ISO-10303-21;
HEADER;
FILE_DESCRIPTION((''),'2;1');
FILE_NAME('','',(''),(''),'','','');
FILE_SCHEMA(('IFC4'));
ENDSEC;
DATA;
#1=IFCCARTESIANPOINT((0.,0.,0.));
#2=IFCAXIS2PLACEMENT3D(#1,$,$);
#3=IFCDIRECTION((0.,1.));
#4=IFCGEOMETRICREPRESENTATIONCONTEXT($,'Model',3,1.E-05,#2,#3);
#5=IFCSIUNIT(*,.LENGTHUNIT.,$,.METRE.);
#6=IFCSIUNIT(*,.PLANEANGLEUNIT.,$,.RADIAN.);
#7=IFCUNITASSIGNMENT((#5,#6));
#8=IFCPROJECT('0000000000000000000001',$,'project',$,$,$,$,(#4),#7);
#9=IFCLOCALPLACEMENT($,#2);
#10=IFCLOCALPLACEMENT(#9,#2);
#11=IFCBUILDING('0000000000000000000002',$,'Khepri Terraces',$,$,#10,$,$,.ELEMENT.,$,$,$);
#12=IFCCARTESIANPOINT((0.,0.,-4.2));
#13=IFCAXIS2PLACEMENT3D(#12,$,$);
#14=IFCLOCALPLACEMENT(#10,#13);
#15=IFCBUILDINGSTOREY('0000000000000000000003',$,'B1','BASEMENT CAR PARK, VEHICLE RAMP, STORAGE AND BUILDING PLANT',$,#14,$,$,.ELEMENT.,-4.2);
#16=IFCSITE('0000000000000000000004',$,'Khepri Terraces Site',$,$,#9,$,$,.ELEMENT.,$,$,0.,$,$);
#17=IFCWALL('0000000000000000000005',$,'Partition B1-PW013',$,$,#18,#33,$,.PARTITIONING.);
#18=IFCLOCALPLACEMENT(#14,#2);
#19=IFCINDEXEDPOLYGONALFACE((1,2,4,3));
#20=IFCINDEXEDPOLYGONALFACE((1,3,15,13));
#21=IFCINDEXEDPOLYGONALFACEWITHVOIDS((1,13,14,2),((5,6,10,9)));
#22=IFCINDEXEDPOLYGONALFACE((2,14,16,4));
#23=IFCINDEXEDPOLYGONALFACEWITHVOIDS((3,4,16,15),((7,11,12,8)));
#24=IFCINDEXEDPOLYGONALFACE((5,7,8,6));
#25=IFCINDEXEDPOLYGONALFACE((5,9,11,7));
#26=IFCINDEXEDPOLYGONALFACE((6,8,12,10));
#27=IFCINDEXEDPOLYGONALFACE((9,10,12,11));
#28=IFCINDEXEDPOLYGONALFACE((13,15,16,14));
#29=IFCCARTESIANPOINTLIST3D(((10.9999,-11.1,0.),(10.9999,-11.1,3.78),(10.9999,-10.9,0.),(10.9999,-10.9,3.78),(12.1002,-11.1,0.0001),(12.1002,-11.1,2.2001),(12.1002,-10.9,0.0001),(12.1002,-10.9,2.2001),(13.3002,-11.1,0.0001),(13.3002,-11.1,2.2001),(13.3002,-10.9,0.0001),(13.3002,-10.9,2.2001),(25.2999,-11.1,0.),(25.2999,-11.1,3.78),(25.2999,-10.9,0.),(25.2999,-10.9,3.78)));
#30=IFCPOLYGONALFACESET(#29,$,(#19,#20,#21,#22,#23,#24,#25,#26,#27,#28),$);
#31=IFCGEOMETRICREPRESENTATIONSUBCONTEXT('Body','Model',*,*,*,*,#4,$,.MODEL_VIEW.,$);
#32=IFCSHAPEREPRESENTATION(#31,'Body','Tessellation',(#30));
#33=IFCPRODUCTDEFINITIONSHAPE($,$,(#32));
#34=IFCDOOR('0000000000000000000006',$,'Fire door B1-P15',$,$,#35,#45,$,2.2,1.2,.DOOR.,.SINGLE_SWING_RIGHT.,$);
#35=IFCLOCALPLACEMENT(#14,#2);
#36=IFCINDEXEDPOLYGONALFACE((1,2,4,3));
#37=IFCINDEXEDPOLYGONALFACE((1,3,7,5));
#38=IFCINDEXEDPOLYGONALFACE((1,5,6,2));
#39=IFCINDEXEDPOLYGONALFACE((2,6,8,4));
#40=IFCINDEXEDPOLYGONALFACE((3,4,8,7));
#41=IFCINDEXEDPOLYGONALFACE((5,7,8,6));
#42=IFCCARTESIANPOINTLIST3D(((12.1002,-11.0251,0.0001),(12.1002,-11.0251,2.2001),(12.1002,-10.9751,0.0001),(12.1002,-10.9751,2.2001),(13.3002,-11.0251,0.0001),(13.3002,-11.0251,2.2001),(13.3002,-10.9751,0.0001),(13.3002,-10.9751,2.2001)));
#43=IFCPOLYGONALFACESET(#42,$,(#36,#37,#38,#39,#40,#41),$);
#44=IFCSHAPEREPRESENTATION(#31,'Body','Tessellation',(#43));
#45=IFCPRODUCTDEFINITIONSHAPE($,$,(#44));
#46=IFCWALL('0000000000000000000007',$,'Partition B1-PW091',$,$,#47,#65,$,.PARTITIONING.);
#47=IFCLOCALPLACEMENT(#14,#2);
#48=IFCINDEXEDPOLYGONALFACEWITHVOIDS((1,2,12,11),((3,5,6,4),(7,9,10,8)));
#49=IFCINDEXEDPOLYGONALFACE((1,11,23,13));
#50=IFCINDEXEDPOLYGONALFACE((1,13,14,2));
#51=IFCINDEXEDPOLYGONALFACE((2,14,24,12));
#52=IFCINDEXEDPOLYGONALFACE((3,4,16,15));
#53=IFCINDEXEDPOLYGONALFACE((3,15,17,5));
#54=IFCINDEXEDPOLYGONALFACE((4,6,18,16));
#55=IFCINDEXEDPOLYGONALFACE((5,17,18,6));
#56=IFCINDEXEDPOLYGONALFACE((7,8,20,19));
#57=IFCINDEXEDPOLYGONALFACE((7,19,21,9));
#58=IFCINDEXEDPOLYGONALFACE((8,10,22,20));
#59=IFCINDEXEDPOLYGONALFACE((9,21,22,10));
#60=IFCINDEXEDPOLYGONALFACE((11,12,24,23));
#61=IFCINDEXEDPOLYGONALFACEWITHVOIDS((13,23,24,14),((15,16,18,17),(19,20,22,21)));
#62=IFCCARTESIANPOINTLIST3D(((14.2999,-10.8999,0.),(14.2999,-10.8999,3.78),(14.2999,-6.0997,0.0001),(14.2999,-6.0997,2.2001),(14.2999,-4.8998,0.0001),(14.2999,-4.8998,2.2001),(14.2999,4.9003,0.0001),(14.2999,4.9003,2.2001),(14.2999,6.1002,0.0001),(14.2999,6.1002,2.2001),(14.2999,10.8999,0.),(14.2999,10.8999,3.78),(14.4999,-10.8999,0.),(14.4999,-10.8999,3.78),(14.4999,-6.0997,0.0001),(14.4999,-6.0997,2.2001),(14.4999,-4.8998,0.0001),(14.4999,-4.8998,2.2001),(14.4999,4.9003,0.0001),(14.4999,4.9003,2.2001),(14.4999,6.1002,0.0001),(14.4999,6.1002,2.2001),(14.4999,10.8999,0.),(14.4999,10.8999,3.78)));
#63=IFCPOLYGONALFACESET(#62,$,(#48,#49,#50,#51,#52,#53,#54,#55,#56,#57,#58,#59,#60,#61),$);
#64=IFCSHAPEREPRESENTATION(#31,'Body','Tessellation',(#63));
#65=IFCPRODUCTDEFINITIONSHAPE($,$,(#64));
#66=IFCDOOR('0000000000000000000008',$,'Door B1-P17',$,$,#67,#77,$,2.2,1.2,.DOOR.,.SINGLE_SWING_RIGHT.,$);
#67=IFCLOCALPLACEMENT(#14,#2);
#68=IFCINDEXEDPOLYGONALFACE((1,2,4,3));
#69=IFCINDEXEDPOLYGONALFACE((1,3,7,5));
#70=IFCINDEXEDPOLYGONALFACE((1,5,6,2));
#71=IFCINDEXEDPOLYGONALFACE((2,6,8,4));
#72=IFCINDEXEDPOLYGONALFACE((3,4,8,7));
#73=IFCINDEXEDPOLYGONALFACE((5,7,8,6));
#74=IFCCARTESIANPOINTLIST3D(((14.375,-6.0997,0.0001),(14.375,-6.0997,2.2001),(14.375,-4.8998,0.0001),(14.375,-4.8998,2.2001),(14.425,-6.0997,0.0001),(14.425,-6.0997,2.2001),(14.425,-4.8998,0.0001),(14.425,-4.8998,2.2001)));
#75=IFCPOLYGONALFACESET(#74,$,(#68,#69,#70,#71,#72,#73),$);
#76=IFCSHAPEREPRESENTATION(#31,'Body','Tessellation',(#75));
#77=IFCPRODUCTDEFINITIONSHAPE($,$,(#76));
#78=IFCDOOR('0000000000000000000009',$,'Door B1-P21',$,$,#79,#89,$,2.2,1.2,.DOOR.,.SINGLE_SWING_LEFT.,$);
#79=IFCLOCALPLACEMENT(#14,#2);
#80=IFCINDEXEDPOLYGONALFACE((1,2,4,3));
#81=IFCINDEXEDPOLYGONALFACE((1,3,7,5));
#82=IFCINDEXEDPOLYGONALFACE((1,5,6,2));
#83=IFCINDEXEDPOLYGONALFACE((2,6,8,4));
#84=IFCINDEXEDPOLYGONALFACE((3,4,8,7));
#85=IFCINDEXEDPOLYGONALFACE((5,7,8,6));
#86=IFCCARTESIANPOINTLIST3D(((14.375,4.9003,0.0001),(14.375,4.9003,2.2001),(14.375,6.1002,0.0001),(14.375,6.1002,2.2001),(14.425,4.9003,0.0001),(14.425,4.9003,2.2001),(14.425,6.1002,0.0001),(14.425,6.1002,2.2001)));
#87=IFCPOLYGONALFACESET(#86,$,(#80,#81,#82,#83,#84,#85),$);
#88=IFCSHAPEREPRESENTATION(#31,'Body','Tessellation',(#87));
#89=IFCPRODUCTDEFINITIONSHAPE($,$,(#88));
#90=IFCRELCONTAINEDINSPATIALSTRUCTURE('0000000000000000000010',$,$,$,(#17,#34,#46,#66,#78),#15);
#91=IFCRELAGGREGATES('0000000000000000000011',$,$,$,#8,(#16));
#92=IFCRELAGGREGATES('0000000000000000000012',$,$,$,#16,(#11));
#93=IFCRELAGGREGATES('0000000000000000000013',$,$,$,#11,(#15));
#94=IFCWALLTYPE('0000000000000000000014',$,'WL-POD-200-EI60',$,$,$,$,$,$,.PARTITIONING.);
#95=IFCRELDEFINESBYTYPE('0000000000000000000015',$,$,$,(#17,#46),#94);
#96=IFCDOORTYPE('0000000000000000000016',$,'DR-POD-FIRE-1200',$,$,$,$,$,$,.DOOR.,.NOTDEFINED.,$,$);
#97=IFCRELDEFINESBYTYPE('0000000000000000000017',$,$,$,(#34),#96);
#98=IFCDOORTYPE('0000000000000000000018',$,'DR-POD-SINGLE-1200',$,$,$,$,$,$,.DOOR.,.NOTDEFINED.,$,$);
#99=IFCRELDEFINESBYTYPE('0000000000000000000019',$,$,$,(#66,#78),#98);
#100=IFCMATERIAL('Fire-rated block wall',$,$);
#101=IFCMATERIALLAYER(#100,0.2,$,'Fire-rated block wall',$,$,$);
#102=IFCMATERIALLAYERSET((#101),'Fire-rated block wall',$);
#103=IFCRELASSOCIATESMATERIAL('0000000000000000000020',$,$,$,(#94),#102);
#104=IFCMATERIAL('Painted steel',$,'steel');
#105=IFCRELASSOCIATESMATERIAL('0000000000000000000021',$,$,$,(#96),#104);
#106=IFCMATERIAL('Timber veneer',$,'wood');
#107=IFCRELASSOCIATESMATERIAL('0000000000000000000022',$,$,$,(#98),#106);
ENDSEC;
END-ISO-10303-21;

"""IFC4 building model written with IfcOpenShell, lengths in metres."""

from ifc_helpers import new_model, si_unit, direction, frame, frame_2d, origin, place, context, subcontext, project, spatial, rectangle, extrude, material, layer, layer_set, type_object, element, fill, save


model = new_model("IFC4")

# Units and contexts
model_context = context("Model", 3, precision=1e-05, world=origin(), true_north=direction((0.0, 1.0)))
body_context = subcontext(model_context, "Body", "Model", "MODEL_VIEW")
ifc_project = project(units=[si_unit("LENGTHUNIT", "METRE"), si_unit("PLANEANGLEUNIT", "RADIAN")], contexts=[model_context])

# Site, building, storey
site_placement = place(None, origin())
site = spatial("IfcSite", under=ifc_project, at=site_placement, Name="Khepri Terraces Site", CompositionType="ELEMENT", RefElevation=0.0)
building_placement = place(site_placement, origin())
building = spatial("IfcBuilding", under=site, at=building_placement, Name="Khepri Terraces", CompositionType="ELEMENT")
storey_placement = place(building_placement, frame((0.0, 0.0, -4.2)))
storey = spatial("IfcBuildingStorey", under=building, at=storey_placement, Name="B1", Description="BASEMENT CAR PARK, VEHICLE RAMP, STORAGE AND BUILDING PLANT", CompositionType="ELEMENT", Elevation=-4.2)

# Shared definitions
ifc_material_1 = material(Name="Painted steel", Category="steel")
ifc_material_2 = material(Name="Timber veneer", Category="wood")

# Shared definitions
ifc_material_3 = material(Name="Fire-rated block wall")

# Wall, opening, door
ifc_layer_1 = layer(ifc_material_3, 0.2, Name="Fire-rated block wall")
ifc_layer_set_1 = layer_set([ifc_layer_1], Name="Fire-rated block wall")
wall_type_1 = type_object("IfcWallType", Name="WL-POD-200-EI60", PredefinedType="PARTITIONING", material=ifc_layer_set_1)
wall_1_placement = place(storey_placement, frame((11.0, -11.0, 0.0), z_axis=(0.0, 0.0, 1.0), x_axis=(1.0, 0.0, 0.0)))
wall_1 = element("IfcWall", 1, at=wall_1_placement, inside=storey, type_object=wall_type_1, Name="Partition B1-PW013", PredefinedType="PARTITIONING", context=body_context, shape_type="SweptSolid", body=[
    extrude(rectangle(XDim=14.3, YDim=0.2, at=frame_2d((7.1499, 0.0))), origin(), (0.0, 0.0, 1.0), 3.78),
])
opening_1_placement = place(wall_1_placement, frame((1.1001, 0.0, 0.0)))
opening_1 = element("IfcOpeningElement", 2, at=opening_1_placement, cuts=wall_1, PredefinedType="OPENING", context=body_context, shape_type="SweptSolid", body=[
    extrude(rectangle(XDim=1.2, YDim=2.2, at=frame_2d((0.6001, 1.1001))), frame((0.0, 0.1099, 0.0), z_axis=(0.0, -1.0, 0.0), x_axis=(1.0, 0.0, 0.0)), (0.0, 0.0, 1.0), 0.22),
])
door_type_1 = type_object("IfcDoorType", Name="DR-POD-FIRE-1200", OperationType="NOTDEFINED", PredefinedType="DOOR", material=ifc_material_1)
door_1_placement = place(opening_1_placement, origin())
door_1 = element("IfcDoor", 3, at=door_1_placement, inside=storey, type_object=door_type_1, Name="Fire door B1-P15", OperationType="SINGLE_SWING_RIGHT", OverallHeight=2.2, OverallWidth=1.2, PredefinedType="DOOR", context=body_context, shape_type="SweptSolid", body=[
    extrude(rectangle(XDim=1.2, YDim=2.2, at=frame_2d((0.6001, 1.1001))), frame((0.0, 0.0249, 0.0), z_axis=(0.0, -1.0, 0.0), x_axis=(1.0, 0.0, 0.0)), (0.0, 0.0, 1.0), 0.05),
])
fill(opening_1, door_1)

# Wall, openings, doors
wall_2_placement = place(storey_placement, frame((14.3999, -10.8999, 0.0), z_axis=(0.0, 0.0, 1.0), x_axis=(0.0, 1.0, 0.0)))
wall_2 = element("IfcWall", 4, at=wall_2_placement, inside=storey, type_object=wall_type_1, Name="Partition B1-PW091", PredefinedType="PARTITIONING", context=body_context, shape_type="SweptSolid", body=[
    extrude(rectangle(XDim=21.7998, YDim=0.2, at=frame_2d((10.8999, 0.0))), origin(), (0.0, 0.0, 1.0), 3.78),
])
opening_2_placement = place(wall_2_placement, frame((4.8, 0.0, 0.0)))
opening_2 = element("IfcOpeningElement", 5, at=opening_2_placement, cuts=wall_2, PredefinedType="OPENING", context=body_context, shape_type="SweptSolid", body=[
    extrude(rectangle(XDim=1.2, YDim=2.2, at=frame_2d((0.6001, 1.1001))), frame((0.0, 0.1099, 0.0), z_axis=(0.0, -1.0, 0.0), x_axis=(1.0, 0.0, 0.0)), (0.0, 0.0, 1.0), 0.22),
])
opening_3_placement = place(wall_2_placement, frame((15.8, 0.0, 0.0)))
opening_3 = element("IfcOpeningElement", 6, at=opening_3_placement, cuts=wall_2, PredefinedType="OPENING", context=body_context, shape_type="SweptSolid", body=[
    extrude(rectangle(XDim=1.2, YDim=2.2, at=frame_2d((0.6001, 1.1001))), frame((0.0, 0.1099, 0.0), z_axis=(0.0, -1.0, 0.0), x_axis=(1.0, 0.0, 0.0)), (0.0, 0.0, 1.0), 0.22),
])
door_type_2 = type_object("IfcDoorType", Name="DR-POD-SINGLE-1200", OperationType="NOTDEFINED", PredefinedType="DOOR", material=ifc_material_2)
door_2_placement = place(opening_2_placement, origin())
door_2 = element("IfcDoor", 7, at=door_2_placement, inside=storey, type_object=door_type_2, Name="Door B1-P17", OperationType="SINGLE_SWING_RIGHT", OverallHeight=2.2, OverallWidth=1.2, PredefinedType="DOOR", context=body_context, shape_type="SweptSolid", body=[
    extrude(rectangle(XDim=1.2, YDim=2.2, at=frame_2d((0.6001, 1.1001))), frame((0.0, 0.0249, 0.0), z_axis=(0.0, -1.0, 0.0), x_axis=(1.0, 0.0, 0.0)), (0.0, 0.0, 1.0), 0.05),
])
fill(opening_2, door_2)
door_3_placement = place(opening_3_placement, origin())
door_3 = element("IfcDoor", 8, at=door_3_placement, inside=storey, type_object=door_type_2, Name="Door B1-P21", OperationType="SINGLE_SWING_LEFT", OverallHeight=2.2, OverallWidth=1.2, PredefinedType="DOOR", context=body_context, shape_type="SweptSolid", body=[
    extrude(rectangle(XDim=1.2, YDim=2.2, at=frame_2d((0.6001, 1.1001))), frame((0.0, 0.0249, 0.0), z_axis=(0.0, -1.0, 0.0), x_axis=(1.0, 0.0, 0.0)), (0.0, 0.0, 1.0), 0.05),
])
fill(opening_3, door_3)

save(model, "model.ifc")
